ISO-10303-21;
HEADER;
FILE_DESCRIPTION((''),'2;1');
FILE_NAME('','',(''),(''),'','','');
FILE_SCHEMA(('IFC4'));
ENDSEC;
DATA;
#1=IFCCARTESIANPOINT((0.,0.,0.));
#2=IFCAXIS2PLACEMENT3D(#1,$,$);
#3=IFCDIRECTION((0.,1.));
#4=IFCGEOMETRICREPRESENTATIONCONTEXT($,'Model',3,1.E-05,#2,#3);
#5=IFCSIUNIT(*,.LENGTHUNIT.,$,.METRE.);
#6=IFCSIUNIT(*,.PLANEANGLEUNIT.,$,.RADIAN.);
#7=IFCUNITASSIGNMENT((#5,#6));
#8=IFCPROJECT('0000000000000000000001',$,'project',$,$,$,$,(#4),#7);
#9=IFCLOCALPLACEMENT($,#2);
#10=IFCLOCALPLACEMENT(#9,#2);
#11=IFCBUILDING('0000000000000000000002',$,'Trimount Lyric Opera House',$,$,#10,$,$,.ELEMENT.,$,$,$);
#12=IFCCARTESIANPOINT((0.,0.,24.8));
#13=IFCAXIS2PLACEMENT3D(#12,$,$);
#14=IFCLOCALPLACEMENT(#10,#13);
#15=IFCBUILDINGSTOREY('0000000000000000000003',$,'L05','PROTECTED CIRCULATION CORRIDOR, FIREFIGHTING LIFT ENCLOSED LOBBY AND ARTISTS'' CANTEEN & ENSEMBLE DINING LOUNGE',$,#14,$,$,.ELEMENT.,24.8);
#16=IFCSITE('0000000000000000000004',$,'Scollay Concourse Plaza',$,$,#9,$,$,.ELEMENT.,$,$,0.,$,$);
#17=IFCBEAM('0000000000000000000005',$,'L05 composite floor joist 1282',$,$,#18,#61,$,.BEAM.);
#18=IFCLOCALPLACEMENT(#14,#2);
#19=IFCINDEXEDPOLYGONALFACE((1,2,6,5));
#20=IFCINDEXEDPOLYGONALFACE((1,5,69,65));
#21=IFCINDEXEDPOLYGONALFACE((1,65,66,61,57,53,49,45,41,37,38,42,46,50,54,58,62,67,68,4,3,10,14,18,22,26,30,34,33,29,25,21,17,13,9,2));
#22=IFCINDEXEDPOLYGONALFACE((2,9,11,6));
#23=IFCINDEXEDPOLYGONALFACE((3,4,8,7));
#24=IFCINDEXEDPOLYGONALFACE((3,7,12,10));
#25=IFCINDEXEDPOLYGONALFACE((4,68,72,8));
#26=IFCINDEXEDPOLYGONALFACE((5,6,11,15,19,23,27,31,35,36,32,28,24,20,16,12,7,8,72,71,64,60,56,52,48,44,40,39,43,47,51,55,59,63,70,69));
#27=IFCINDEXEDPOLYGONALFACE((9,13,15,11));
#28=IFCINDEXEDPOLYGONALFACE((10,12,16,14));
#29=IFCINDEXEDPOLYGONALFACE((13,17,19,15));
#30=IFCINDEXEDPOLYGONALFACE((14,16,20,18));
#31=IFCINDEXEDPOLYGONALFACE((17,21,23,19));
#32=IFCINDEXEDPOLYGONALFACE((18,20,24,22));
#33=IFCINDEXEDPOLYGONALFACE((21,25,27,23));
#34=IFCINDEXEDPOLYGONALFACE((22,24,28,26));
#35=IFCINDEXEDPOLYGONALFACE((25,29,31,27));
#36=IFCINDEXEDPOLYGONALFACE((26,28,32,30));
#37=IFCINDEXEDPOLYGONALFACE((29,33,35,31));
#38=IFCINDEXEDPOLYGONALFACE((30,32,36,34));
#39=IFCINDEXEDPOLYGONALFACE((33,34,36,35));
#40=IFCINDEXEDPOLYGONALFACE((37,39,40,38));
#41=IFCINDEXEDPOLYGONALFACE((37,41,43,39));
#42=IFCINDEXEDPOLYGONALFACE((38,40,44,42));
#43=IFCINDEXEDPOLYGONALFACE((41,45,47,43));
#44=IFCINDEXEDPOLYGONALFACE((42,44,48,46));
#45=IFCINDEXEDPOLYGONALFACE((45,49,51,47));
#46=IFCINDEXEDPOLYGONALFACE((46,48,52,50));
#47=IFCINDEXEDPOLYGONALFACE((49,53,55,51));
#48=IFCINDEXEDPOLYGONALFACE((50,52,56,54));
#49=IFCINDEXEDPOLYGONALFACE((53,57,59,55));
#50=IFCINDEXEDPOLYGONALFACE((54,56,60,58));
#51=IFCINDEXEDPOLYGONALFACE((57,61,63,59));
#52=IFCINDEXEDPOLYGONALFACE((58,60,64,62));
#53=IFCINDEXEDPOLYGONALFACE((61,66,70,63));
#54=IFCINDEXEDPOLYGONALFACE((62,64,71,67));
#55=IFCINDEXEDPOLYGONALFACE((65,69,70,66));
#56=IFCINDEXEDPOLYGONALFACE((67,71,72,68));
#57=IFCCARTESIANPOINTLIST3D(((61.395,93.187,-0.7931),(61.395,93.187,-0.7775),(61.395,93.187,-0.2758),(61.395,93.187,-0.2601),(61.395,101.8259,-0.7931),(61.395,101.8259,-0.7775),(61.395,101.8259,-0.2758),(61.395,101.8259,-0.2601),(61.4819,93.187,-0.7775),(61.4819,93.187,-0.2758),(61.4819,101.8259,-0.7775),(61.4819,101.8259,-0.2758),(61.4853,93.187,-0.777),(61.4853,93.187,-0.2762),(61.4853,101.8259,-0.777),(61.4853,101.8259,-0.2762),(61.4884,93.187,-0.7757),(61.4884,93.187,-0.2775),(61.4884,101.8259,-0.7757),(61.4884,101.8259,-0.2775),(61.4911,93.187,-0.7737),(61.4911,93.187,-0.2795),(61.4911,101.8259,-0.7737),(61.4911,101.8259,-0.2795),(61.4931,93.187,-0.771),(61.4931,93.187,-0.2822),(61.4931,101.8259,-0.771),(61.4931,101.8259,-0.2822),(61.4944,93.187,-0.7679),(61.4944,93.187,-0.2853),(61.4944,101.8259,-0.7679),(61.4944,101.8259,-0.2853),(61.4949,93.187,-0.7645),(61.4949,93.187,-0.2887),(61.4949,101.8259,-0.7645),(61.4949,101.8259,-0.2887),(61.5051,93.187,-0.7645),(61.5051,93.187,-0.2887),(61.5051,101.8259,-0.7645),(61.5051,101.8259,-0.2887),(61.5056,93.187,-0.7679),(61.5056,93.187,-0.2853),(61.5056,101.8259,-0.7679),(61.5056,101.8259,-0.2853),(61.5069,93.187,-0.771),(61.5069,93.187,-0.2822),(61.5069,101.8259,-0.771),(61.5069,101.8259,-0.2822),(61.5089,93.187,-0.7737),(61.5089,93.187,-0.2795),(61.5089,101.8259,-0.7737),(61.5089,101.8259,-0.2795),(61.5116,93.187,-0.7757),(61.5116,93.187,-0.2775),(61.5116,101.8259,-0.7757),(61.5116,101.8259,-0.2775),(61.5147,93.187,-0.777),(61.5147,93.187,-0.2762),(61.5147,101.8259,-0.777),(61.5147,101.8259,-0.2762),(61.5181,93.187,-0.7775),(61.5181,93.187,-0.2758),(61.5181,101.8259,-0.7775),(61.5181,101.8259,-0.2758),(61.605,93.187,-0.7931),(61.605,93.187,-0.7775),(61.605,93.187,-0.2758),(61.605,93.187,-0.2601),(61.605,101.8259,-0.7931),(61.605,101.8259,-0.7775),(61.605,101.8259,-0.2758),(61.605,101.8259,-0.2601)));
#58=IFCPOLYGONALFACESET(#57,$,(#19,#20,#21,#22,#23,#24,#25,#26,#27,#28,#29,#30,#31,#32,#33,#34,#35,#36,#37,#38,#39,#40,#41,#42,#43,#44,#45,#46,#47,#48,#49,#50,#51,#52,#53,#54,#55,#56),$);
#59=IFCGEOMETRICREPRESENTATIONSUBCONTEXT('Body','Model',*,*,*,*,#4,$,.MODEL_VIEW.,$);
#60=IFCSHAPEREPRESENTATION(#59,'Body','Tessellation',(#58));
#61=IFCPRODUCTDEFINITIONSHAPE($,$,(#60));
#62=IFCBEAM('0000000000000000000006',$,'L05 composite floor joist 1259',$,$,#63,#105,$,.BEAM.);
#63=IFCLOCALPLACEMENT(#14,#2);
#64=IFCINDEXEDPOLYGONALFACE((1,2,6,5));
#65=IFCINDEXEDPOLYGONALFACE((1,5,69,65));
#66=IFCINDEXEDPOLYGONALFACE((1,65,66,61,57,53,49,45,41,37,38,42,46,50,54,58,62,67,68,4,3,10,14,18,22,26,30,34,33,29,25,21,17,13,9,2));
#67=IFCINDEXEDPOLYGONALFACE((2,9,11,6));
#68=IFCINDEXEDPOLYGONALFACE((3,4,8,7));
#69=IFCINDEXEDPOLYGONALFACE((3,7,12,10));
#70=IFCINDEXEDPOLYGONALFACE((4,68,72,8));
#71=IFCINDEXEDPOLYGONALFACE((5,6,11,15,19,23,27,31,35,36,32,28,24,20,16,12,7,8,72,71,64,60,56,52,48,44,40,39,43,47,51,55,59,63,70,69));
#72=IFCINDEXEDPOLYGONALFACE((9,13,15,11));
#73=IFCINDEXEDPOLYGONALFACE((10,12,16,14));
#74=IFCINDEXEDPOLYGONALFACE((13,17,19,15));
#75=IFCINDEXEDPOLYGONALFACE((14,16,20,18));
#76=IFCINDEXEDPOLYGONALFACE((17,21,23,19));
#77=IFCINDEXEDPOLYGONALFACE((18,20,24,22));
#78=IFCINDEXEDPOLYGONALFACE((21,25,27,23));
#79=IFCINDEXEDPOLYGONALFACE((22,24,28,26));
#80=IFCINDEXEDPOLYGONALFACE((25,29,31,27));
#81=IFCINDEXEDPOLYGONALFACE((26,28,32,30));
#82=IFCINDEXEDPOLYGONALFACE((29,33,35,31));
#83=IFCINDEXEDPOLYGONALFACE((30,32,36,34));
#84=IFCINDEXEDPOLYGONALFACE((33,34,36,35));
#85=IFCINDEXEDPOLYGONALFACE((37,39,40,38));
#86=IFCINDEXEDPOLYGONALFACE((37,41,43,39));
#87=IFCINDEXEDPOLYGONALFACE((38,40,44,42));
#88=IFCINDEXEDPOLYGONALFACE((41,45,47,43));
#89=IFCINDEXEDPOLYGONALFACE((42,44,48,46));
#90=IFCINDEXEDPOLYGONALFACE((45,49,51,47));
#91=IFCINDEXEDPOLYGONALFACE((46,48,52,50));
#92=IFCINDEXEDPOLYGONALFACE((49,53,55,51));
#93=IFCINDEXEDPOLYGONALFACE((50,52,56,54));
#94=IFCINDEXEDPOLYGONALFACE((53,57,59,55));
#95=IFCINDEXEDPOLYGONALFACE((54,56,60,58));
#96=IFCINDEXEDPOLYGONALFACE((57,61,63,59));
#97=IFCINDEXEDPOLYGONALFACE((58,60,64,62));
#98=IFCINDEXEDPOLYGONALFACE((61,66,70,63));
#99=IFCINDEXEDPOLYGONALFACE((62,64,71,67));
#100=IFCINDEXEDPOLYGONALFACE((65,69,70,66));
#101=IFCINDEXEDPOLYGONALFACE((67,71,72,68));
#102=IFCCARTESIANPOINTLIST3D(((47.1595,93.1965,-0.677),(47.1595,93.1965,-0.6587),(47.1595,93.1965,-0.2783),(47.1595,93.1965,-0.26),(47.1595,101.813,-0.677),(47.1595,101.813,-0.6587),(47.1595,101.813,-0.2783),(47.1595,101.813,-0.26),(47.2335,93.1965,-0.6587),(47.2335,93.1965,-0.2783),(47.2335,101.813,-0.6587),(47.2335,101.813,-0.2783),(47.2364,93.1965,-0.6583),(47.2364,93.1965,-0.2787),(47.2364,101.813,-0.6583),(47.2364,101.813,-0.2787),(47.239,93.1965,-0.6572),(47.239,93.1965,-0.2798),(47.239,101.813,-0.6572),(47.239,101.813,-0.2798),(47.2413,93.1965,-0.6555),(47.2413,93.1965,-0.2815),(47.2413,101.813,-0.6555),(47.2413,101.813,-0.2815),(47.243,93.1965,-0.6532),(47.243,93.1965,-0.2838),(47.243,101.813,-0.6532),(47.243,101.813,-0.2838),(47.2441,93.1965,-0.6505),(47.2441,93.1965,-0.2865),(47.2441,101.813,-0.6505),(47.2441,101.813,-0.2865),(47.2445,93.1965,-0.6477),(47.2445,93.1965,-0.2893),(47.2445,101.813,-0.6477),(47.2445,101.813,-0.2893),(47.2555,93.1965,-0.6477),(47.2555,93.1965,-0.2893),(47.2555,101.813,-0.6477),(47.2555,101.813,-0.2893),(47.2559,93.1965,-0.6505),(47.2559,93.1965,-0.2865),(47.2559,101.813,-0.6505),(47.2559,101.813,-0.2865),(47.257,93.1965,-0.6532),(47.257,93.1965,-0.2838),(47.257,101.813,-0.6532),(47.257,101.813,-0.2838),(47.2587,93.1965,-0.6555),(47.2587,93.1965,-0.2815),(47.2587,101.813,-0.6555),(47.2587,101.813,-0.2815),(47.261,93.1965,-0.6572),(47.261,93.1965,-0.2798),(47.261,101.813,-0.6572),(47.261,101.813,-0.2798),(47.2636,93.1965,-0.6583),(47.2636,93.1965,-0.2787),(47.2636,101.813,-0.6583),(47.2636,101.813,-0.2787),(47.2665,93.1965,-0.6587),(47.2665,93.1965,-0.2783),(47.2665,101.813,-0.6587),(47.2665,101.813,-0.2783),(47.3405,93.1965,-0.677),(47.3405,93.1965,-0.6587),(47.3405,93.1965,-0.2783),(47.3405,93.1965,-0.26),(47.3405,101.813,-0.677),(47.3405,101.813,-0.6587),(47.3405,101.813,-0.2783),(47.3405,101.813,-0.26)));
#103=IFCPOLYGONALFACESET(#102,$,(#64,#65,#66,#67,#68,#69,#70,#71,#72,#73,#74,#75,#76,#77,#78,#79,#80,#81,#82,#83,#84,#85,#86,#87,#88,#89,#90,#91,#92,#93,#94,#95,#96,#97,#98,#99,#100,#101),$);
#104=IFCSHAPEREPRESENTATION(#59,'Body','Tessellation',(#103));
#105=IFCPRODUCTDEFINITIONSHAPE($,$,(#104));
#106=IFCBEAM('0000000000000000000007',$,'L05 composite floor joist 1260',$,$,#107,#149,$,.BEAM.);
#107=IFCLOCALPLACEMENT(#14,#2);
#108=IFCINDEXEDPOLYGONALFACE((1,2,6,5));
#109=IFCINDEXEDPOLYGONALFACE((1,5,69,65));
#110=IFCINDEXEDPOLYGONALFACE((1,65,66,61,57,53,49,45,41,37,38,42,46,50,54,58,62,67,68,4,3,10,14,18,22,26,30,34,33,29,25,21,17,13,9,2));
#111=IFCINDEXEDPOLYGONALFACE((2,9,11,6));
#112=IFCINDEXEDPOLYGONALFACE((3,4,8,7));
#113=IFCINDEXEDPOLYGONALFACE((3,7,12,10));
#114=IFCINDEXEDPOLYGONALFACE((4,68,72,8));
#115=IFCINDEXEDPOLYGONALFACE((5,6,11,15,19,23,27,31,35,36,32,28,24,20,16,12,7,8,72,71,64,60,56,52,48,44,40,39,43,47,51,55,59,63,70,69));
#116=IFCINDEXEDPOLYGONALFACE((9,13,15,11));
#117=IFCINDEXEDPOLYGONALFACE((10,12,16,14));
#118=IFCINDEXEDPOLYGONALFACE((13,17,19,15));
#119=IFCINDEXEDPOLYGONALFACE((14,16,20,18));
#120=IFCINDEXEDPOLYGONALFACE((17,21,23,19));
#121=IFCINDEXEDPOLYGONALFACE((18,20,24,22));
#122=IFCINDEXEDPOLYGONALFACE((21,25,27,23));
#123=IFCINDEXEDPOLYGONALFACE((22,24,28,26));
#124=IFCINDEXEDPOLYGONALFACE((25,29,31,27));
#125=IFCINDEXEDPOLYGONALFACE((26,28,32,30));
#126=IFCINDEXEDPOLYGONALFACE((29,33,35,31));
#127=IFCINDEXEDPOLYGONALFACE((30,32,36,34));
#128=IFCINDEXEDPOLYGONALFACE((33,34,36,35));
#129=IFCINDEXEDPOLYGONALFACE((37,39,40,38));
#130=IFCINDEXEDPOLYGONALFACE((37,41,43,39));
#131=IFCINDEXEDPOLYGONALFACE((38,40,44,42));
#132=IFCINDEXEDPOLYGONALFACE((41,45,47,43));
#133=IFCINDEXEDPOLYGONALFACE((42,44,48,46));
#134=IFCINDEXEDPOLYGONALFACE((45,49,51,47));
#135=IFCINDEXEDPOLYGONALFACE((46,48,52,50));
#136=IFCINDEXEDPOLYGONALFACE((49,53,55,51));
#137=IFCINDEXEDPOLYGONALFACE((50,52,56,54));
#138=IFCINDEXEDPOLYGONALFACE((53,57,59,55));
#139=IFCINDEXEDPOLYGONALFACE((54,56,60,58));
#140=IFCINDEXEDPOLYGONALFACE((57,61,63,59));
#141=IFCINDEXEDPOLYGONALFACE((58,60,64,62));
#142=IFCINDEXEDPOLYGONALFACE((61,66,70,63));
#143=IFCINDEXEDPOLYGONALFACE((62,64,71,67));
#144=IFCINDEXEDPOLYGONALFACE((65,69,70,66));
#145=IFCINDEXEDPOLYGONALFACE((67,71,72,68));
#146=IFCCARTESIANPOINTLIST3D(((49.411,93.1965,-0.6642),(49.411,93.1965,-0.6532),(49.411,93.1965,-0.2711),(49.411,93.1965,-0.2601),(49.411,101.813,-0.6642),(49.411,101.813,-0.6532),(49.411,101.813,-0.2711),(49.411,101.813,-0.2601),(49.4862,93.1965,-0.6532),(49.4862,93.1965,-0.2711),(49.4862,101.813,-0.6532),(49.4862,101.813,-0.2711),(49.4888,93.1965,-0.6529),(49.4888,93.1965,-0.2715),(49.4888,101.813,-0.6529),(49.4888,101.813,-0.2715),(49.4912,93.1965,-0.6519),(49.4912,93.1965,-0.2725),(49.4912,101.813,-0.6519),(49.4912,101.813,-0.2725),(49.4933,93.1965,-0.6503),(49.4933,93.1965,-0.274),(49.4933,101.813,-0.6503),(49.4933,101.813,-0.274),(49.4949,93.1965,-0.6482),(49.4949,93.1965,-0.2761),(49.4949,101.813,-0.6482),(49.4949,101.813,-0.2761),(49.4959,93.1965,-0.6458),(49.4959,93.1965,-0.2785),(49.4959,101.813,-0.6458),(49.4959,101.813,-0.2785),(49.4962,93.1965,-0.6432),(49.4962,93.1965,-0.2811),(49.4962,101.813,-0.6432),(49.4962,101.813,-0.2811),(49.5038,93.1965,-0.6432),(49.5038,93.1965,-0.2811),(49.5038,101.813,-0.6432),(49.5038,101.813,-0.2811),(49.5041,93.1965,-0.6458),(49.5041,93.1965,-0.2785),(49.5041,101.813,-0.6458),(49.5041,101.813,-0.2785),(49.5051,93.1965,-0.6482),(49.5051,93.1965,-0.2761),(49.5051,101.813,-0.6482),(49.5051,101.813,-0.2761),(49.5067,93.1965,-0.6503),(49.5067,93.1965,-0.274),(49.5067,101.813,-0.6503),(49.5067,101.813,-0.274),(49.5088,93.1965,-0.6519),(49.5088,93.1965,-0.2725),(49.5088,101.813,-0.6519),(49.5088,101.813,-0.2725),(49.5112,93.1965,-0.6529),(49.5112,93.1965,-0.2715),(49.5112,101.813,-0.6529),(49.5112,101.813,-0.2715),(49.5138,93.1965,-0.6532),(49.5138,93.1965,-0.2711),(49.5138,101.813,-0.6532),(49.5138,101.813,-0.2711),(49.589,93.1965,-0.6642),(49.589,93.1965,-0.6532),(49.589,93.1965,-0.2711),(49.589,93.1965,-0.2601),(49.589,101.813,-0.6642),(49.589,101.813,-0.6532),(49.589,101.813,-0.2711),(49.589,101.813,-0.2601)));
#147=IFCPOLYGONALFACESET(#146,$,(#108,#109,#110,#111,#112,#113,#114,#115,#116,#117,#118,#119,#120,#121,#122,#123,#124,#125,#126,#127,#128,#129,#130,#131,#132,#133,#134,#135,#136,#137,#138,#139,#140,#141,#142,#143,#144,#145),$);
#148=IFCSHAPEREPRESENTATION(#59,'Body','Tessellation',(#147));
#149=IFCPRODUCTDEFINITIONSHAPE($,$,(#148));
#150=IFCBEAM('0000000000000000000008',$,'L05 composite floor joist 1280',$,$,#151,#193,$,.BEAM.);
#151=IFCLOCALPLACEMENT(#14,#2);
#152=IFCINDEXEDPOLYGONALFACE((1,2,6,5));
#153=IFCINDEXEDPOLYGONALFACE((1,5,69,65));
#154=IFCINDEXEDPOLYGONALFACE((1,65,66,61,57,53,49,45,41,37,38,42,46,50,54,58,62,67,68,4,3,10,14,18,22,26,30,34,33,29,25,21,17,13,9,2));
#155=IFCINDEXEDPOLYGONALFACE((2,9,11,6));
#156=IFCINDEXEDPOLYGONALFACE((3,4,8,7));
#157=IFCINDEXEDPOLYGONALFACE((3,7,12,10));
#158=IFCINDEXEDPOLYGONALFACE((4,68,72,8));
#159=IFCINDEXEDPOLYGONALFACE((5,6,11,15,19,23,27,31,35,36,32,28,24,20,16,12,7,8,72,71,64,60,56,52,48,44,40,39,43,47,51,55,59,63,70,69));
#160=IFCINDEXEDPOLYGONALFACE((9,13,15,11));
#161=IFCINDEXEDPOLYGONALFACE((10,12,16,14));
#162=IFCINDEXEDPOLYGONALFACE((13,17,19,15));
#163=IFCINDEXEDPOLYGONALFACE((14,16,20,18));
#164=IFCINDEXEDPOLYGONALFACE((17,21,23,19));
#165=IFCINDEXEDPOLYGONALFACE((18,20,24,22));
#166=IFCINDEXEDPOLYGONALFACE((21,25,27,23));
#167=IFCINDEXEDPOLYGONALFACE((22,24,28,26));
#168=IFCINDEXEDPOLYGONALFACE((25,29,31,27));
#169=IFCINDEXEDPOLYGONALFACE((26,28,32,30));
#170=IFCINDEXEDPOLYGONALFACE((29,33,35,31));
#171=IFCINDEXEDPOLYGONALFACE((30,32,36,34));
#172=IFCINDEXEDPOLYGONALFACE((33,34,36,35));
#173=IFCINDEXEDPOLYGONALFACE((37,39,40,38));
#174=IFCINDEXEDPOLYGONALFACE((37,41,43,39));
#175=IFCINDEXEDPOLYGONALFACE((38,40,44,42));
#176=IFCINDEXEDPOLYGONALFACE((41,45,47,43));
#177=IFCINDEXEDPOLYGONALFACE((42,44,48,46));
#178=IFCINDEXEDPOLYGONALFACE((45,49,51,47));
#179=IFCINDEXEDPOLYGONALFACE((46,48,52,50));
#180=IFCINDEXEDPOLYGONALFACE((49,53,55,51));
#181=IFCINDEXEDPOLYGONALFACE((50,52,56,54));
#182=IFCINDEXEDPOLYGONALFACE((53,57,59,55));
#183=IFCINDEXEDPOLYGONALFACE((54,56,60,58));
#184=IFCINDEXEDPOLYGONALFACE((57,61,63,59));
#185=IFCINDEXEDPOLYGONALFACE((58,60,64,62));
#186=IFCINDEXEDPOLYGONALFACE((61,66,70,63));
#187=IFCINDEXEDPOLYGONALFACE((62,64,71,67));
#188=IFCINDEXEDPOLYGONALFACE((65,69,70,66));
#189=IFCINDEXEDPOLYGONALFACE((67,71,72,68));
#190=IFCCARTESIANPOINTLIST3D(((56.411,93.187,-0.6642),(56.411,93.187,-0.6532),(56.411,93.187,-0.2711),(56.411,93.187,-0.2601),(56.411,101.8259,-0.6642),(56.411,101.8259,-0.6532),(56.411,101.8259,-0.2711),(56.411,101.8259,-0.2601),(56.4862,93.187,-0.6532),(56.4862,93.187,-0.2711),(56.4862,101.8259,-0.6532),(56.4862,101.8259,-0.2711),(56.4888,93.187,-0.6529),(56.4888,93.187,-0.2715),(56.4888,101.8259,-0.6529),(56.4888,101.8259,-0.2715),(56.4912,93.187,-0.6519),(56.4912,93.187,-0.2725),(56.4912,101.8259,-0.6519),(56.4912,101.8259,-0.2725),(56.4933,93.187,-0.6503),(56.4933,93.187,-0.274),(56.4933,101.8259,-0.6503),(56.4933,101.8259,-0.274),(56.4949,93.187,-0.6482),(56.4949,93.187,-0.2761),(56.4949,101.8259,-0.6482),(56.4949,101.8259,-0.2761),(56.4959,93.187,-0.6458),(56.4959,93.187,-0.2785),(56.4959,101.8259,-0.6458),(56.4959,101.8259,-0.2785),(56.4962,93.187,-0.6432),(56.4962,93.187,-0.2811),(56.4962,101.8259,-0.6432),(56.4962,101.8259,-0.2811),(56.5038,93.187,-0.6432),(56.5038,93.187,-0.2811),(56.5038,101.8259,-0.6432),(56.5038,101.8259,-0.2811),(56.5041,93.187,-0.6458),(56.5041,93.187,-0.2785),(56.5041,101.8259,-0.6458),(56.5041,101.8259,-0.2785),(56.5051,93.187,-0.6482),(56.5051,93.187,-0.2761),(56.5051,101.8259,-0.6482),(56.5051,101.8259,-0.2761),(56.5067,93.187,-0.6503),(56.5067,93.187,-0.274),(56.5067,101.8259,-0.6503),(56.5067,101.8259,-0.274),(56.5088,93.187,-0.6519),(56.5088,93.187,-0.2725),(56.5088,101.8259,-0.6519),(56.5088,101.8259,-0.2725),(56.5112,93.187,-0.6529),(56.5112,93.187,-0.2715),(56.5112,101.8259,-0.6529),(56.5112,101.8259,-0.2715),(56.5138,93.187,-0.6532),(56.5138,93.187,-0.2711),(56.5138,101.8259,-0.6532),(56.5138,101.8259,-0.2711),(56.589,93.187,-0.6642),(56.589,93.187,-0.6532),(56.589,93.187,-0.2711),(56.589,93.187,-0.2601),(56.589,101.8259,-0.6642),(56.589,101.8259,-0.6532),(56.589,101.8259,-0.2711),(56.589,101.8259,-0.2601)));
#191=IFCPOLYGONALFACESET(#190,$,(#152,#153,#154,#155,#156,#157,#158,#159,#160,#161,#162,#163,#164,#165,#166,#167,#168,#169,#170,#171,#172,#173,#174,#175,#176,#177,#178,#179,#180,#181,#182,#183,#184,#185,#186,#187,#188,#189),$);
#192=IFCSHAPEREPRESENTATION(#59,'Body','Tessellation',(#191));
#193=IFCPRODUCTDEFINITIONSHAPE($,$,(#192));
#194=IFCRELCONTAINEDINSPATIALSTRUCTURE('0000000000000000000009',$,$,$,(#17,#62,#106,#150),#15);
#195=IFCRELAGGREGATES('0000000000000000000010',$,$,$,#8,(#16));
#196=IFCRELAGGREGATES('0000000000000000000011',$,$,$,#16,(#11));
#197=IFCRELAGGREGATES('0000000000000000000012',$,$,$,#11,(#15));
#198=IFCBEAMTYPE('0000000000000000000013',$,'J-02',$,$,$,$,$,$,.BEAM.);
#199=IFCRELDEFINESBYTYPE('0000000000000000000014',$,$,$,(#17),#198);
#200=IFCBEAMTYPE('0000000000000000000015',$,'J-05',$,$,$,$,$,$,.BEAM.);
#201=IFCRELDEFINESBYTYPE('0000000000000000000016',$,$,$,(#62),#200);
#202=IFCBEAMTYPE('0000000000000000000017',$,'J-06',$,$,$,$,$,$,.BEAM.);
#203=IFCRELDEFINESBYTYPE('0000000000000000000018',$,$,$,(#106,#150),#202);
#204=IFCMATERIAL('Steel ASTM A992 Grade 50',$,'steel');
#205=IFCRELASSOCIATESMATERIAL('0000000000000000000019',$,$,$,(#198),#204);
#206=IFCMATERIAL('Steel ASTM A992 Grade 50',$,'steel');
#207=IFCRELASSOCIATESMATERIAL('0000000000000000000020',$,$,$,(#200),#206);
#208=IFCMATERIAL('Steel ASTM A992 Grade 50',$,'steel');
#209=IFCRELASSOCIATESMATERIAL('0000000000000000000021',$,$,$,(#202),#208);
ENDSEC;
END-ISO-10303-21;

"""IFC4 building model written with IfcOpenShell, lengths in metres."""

from ifc_helpers import new_model, si_unit, direction, frame, origin, origin_2d, place, context, subcontext, project, spatial, i_section, extrude, material, material_profile, profile_set, type_object, element, save


model = new_model("IFC4")

# Units and contexts
model_context = context("Model", 3, precision=1e-05, world=origin(), true_north=direction((0.0, 1.0)))
body_context = subcontext(model_context, "Body", "Model", "MODEL_VIEW")
ifc_project = project(units=[si_unit("LENGTHUNIT", "METRE"), si_unit("PLANEANGLEUNIT", "RADIAN")], contexts=[model_context])

# Site, building, storey
site_placement = place(None, origin())
site = spatial("IfcSite", under=ifc_project, at=site_placement, Name="Scollay Concourse Plaza", CompositionType="ELEMENT", RefElevation=0.0)
building_placement = place(site_placement, origin())
building = spatial("IfcBuilding", under=site, at=building_placement, Name="Trimount Lyric Opera House", CompositionType="ELEMENT")
storey_placement = place(building_placement, frame((0.0, 0.0, 24.8)))
storey = spatial("IfcBuildingStorey", under=building, at=storey_placement, Name="L05", Description="PROTECTED CIRCULATION CORRIDOR, FIREFIGHTING LIFT ENCLOSED LOBBY AND ARTISTS' CANTEEN & ENSEMBLE DINING LOUNGE", CompositionType="ELEMENT", Elevation=24.8)

# Beams
ifc_material_1 = material(Name="Steel ASTM A992 Grade 50", Category="steel")
ifc_material_profile_1 = material_profile(ifc_material_1, i_section(OverallWidth=0.21, OverallDepth=0.533, WebThickness=0.0103, FlangeThickness=0.0156, FilletRadius=0.0129, at=origin_2d()), Name="W21X62")
ifc_profile_set_1 = profile_set([ifc_material_profile_1], Name="Steel ASTM A992 Grade 50")
beam_type_1 = type_object("IfcBeamType", Name="J-02", PredefinedType="BEAM", material=ifc_profile_set_1)
beam_1_placement = place(storey_placement, frame((61.5, 93.187, -0.5266), z_axis=(0.0, 1.0, 0.0), x_axis=(-1.0, 0.0, 0.0)))
element("IfcBeam", 1, at=beam_1_placement, inside=storey, type_object=beam_type_1, Name="L05 composite floor joist 1282", PredefinedType="BEAM", context=body_context, shape_type="SweptSolid", body=[
    extrude(i_section(OverallWidth=0.21, OverallDepth=0.533, WebThickness=0.0103, FlangeThickness=0.0156, FilletRadius=0.0129, at=origin_2d()), origin(), (0.0, 0.0, 1.0), 8.6389),
])
ifc_material_2 = material(Name="Steel ASTM A992 Grade 50", Category="steel")
ifc_material_profile_2 = material_profile(ifc_material_2, i_section(OverallWidth=0.1809, OverallDepth=0.417, WebThickness=0.011, FlangeThickness=0.0183, FilletRadius=0.011, at=origin_2d()), Name="W16X57")
ifc_profile_set_2 = profile_set([ifc_material_profile_2], Name="Steel ASTM A992 Grade 50")
beam_type_2 = type_object("IfcBeamType", Name="J-05", PredefinedType="BEAM", material=ifc_profile_set_2)
beam_2_placement = place(storey_placement, frame((47.25, 93.1965, -0.4685), z_axis=(0.0, 1.0, 0.0), x_axis=(-1.0, 0.0, 0.0)))
element("IfcBeam", 2, at=beam_2_placement, inside=storey, type_object=beam_type_2, Name="L05 composite floor joist 1259", PredefinedType="BEAM", context=body_context, shape_type="SweptSolid", body=[
    extrude(i_section(OverallWidth=0.1809, OverallDepth=0.417, WebThickness=0.011, FlangeThickness=0.0183, FilletRadius=0.011, at=origin_2d()), origin(), (0.0, 0.0, 1.0), 8.6165),
])
ifc_material_3 = material(Name="Steel ASTM A992 Grade 50", Category="steel")
ifc_material_profile_3 = material_profile(ifc_material_3, i_section(OverallWidth=0.178, OverallDepth=0.4041, WebThickness=0.0076, FlangeThickness=0.011, FilletRadius=0.01, at=origin_2d()), Name="W16X36")
ifc_profile_set_3 = profile_set([ifc_material_profile_3], Name="Steel ASTM A992 Grade 50")
beam_type_3 = type_object("IfcBeamType", Name="J-06", PredefinedType="BEAM", material=ifc_profile_set_3)
beam_3_placement = place(storey_placement, frame((49.5, 93.1965, -0.4622), z_axis=(0.0, 1.0, 0.0), x_axis=(-1.0, 0.0, 0.0)))
element("IfcBeam", 3, at=beam_3_placement, inside=storey, type_object=beam_type_3, Name="L05 composite floor joist 1260", PredefinedType="BEAM", context=body_context, shape_type="SweptSolid", body=[
    extrude(i_section(OverallWidth=0.178, OverallDepth=0.4041, WebThickness=0.0076, FlangeThickness=0.011, FilletRadius=0.01, at=origin_2d()), origin(), (0.0, 0.0, 1.0), 8.6165),
])
beam_4_placement = place(storey_placement, frame((56.5, 93.187, -0.4622), z_axis=(0.0, 1.0, 0.0), x_axis=(-1.0, 0.0, 0.0)))
element("IfcBeam", 4, at=beam_4_placement, inside=storey, type_object=beam_type_3, Name="L05 composite floor joist 1280", PredefinedType="BEAM", context=body_context, shape_type="SweptSolid", body=[
    extrude(i_section(OverallWidth=0.178, OverallDepth=0.4041, WebThickness=0.0076, FlangeThickness=0.011, FilletRadius=0.01, at=origin_2d()), origin(), (0.0, 0.0, 1.0), 8.6389),
])

save(model, "model.ifc")
